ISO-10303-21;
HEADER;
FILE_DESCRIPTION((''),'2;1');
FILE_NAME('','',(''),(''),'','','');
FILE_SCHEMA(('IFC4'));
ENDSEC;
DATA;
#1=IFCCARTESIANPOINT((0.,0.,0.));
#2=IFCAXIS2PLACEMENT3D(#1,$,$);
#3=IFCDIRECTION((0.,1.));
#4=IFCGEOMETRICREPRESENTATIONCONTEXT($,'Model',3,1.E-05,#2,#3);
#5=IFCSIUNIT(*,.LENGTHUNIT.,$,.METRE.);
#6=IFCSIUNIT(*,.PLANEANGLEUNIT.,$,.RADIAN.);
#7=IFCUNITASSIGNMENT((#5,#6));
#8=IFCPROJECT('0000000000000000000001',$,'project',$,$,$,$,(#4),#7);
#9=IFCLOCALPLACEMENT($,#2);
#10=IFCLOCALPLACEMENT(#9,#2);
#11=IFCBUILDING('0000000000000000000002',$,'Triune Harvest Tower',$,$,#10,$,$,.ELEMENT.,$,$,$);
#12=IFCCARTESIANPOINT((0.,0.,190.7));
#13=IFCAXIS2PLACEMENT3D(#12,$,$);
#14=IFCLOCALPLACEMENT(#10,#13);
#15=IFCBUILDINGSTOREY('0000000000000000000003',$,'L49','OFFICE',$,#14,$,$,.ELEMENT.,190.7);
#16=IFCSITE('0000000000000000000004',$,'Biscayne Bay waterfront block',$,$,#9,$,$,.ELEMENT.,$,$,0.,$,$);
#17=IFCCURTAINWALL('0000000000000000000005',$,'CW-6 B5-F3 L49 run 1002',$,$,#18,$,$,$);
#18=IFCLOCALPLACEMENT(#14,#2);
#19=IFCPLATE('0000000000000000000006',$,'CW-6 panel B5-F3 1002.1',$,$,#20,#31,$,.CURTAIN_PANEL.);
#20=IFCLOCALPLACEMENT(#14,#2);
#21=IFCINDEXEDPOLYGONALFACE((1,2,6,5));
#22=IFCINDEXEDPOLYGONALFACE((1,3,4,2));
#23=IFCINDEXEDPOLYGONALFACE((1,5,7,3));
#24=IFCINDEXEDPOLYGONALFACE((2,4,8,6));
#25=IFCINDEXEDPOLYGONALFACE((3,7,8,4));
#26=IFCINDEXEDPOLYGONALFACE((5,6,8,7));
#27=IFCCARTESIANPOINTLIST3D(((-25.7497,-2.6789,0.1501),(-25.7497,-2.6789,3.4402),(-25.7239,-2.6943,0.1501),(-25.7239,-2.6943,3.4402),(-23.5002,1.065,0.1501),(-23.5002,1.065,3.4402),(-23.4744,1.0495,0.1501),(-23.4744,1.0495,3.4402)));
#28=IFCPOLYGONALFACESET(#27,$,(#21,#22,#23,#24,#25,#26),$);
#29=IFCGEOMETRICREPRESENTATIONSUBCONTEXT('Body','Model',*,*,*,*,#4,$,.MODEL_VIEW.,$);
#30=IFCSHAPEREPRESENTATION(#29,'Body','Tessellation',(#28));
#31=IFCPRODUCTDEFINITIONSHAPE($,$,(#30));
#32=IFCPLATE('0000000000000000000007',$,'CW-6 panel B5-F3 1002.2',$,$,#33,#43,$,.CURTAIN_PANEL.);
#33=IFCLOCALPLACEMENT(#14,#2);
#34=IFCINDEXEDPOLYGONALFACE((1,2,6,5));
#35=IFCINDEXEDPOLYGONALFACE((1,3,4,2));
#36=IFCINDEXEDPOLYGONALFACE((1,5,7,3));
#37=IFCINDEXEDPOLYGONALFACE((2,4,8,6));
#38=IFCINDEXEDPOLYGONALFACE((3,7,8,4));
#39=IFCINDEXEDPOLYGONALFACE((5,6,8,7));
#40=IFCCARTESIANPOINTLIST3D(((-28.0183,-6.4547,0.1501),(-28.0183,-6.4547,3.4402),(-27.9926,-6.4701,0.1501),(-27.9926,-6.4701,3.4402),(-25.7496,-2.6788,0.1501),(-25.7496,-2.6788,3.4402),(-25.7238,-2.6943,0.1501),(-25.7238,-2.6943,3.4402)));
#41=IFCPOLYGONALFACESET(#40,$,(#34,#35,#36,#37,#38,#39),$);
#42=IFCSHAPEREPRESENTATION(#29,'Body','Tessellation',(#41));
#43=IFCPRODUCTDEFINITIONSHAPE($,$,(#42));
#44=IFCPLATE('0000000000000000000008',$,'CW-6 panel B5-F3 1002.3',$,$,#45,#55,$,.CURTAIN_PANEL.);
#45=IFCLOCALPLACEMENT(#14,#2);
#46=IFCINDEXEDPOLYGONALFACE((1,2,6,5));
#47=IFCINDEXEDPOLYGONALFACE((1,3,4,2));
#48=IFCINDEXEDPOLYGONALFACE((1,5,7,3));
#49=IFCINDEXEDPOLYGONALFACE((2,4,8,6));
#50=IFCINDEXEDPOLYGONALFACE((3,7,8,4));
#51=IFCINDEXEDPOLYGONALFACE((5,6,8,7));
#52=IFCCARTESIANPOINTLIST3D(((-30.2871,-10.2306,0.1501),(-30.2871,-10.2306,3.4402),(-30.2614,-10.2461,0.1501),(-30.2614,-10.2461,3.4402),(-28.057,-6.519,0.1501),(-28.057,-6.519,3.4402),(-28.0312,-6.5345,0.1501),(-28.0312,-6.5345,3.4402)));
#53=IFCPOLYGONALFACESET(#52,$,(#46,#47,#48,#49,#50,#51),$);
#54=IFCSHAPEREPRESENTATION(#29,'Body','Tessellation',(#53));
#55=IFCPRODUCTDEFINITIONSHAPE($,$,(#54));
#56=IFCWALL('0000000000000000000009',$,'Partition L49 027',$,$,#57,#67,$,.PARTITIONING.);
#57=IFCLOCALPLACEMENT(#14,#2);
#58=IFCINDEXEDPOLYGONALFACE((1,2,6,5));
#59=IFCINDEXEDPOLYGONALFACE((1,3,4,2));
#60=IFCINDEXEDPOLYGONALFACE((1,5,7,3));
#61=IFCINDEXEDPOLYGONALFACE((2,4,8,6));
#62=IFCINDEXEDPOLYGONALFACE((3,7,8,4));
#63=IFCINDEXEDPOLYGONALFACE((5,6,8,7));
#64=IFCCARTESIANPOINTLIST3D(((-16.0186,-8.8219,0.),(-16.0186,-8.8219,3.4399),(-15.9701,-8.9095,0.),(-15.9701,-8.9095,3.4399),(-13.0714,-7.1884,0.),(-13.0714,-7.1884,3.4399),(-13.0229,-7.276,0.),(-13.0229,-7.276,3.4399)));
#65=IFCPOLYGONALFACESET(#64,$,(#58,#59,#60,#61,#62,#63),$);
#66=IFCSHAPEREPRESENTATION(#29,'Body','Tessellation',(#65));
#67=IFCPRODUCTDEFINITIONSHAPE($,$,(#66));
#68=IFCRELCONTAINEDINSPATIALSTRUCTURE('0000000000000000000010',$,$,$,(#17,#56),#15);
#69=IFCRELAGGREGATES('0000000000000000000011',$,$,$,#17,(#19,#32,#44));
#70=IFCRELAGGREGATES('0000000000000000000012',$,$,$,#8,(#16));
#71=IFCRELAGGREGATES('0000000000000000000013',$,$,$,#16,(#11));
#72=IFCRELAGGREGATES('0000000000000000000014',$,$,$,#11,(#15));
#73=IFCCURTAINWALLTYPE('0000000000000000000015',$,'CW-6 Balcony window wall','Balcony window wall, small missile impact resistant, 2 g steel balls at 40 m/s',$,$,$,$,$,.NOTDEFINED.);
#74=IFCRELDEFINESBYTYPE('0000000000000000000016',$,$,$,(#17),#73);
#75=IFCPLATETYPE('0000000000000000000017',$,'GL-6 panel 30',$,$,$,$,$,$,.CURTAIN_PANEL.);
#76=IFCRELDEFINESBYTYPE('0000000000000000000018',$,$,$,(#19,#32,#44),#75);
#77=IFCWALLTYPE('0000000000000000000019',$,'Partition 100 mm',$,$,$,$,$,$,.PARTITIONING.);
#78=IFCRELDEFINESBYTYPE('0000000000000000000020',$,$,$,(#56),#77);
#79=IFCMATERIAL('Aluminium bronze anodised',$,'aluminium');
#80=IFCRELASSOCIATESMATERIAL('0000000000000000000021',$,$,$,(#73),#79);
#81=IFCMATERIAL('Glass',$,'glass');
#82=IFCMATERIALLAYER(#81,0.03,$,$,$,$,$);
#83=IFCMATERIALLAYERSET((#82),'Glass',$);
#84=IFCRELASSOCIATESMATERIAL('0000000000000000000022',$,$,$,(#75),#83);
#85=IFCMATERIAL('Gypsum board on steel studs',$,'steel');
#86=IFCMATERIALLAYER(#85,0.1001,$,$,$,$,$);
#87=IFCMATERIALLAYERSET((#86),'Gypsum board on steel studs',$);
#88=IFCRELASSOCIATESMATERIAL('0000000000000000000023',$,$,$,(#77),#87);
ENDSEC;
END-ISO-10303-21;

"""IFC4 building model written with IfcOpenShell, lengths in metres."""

from ifc_helpers import new_model, si_unit, direction, frame, frame_2d, origin, origin_2d, place, context, subcontext, project, spatial, rectangle, extrude, source, transform, mapped, material, layer, layer_set, type_object, element, aggregate, save


model = new_model("IFC4")

# Units and contexts
model_context = context("Model", 3, precision=1e-05, world=origin(), true_north=direction((0.0, 1.0)))
body_context = subcontext(model_context, "Body", "Model", "MODEL_VIEW")
ifc_project = project(units=[si_unit("LENGTHUNIT", "METRE"), si_unit("PLANEANGLEUNIT", "RADIAN")], contexts=[model_context])

# Site, building, storey
site_placement = place(None, origin())
site = spatial("IfcSite", under=ifc_project, at=site_placement, Name="Biscayne Bay waterfront block", CompositionType="ELEMENT", RefElevation=0.0)
building_placement = place(site_placement, origin())
building = spatial("IfcBuilding", under=site, at=building_placement, Name="Triune Harvest Tower", CompositionType="ELEMENT")
storey_placement = place(building_placement, frame((0.0, 0.0, 190.7)))
storey = spatial("IfcBuildingStorey", under=building, at=storey_placement, Name="L49", Description="OFFICE", CompositionType="ELEMENT", Elevation=190.7)

# Curtain wall
ifc_material_1 = material(Name="Aluminium bronze anodised", Category="aluminium")
curtain_wall_type_1 = type_object("IfcCurtainWallType", Name="CW-6 Balcony window wall", Description="Balcony window wall, small missile impact resistant, 2 g steel balls at 40 m/s", PredefinedType="NOTDEFINED", material=ifc_material_1)
curtain_wall_1_placement = place(storey_placement, origin())
curtain_wall_1 = element("IfcCurtainWall", 1, at=curtain_wall_1_placement, inside=storey, type_object=curtain_wall_type_1, Name="CW-6 B5-F3 L49 run 1002")

# Plates
ifc_material_2 = material(Name="Glass", Category="glass")
ifc_layer_1 = layer(ifc_material_2, 0.03)
ifc_layer_set_1 = layer_set([ifc_layer_1], Name="Glass")
plate_type_1 = type_object("IfcPlateType", Name="GL-6 panel 30", PredefinedType="CURTAIN_PANEL", material=ifc_layer_set_1)
shared_shape_1 = source(origin(), body_context, "Body", "SweptSolid", [
    extrude(rectangle(XDim=4.3677, YDim=0.03, at=origin_2d()), origin(), (0.0, 0.0, 1.0), 3.29),
])
plate_1_placement = place(storey_placement, frame((-24.6121, -0.8147, 0.1501), z_axis=(0.0, 0.0, 1.0), x_axis=(-0.515036, -0.857169, 0.0)))
plate_1 = element("IfcPlate", 2, at=plate_1_placement, type_object=plate_type_1, Name="CW-6 panel B5-F3 1002.1", PredefinedType="CURTAIN_PANEL", context=body_context, shape_type="MappedRepresentation", body=[
    mapped(shared_shape_1, transform((0.0, 0.0, 0.0), scale=1.0)),
])
shared_shape_2 = source(origin(), body_context, "Body", "SweptSolid", [
    extrude(rectangle(XDim=4.405, YDim=0.03, at=origin_2d()), origin(), (0.0, 0.0, 1.0), 3.29),
])
plate_2_placement = place(storey_placement, frame((-26.8711, -4.5745, 0.1501), z_axis=(0.0, 0.0, 1.0), x_axis=(-0.515036, -0.857169, 0.0)))
plate_2 = element("IfcPlate", 3, at=plate_2_placement, type_object=plate_type_1, Name="CW-6 panel B5-F3 1002.2", PredefinedType="CURTAIN_PANEL", context=body_context, shape_type="MappedRepresentation", body=[
    mapped(shared_shape_2, transform((0.0, 0.0, 0.0), scale=1.0)),
])
shared_shape_3 = source(origin(), body_context, "Body", "SweptSolid", [
    extrude(rectangle(XDim=4.3301, YDim=0.03, at=origin_2d()), origin(), (0.0, 0.0, 1.0), 3.29),
])
plate_3_placement = place(storey_placement, frame((-29.1592, -8.3826, 0.1501), z_axis=(0.0, 0.0, 1.0), x_axis=(-0.515036, -0.857169, 0.0)))
plate_3 = element("IfcPlate", 4, at=plate_3_placement, type_object=plate_type_1, Name="CW-6 panel B5-F3 1002.3", PredefinedType="CURTAIN_PANEL", context=body_context, shape_type="MappedRepresentation", body=[
    mapped(shared_shape_3, transform((0.0, 0.0, 0.0), scale=1.0)),
])
aggregate(curtain_wall_1, [plate_1, plate_2, plate_3])

# Wall
ifc_material_3 = material(Name="Gypsum board on steel studs", Category="steel")
ifc_layer_2 = layer(ifc_material_3, 0.1001)
ifc_layer_set_2 = layer_set([ifc_layer_2], Name="Gypsum board on steel studs")
wall_type = type_object("IfcWallType", Name="Partition 100 mm", PredefinedType="PARTITIONING", material=ifc_layer_set_2)
shared_shape_4 = source(origin(), body_context, "Body", "SweptSolid", [
    extrude(rectangle(XDim=3.3696, YDim=0.1001, at=frame_2d((1.6848, 0.0))), origin(), (0.0, 0.0, 1.0), 3.4399),
])
wall_placement = place(storey_placement, frame((-15.9944, -8.8657, 0.0), z_axis=(0.0, 0.0, 1.0), x_axis=(0.874639, 0.484775, 0.0)))
element("IfcWall", 5, at=wall_placement, inside=storey, type_object=wall_type, Name="Partition L49 027", PredefinedType="PARTITIONING", context=body_context, shape_type="MappedRepresentation", body=[
    mapped(shared_shape_4, transform((0.0, 0.0, 0.0), scale=1.0)),
])

save(model, "model.ifc")
